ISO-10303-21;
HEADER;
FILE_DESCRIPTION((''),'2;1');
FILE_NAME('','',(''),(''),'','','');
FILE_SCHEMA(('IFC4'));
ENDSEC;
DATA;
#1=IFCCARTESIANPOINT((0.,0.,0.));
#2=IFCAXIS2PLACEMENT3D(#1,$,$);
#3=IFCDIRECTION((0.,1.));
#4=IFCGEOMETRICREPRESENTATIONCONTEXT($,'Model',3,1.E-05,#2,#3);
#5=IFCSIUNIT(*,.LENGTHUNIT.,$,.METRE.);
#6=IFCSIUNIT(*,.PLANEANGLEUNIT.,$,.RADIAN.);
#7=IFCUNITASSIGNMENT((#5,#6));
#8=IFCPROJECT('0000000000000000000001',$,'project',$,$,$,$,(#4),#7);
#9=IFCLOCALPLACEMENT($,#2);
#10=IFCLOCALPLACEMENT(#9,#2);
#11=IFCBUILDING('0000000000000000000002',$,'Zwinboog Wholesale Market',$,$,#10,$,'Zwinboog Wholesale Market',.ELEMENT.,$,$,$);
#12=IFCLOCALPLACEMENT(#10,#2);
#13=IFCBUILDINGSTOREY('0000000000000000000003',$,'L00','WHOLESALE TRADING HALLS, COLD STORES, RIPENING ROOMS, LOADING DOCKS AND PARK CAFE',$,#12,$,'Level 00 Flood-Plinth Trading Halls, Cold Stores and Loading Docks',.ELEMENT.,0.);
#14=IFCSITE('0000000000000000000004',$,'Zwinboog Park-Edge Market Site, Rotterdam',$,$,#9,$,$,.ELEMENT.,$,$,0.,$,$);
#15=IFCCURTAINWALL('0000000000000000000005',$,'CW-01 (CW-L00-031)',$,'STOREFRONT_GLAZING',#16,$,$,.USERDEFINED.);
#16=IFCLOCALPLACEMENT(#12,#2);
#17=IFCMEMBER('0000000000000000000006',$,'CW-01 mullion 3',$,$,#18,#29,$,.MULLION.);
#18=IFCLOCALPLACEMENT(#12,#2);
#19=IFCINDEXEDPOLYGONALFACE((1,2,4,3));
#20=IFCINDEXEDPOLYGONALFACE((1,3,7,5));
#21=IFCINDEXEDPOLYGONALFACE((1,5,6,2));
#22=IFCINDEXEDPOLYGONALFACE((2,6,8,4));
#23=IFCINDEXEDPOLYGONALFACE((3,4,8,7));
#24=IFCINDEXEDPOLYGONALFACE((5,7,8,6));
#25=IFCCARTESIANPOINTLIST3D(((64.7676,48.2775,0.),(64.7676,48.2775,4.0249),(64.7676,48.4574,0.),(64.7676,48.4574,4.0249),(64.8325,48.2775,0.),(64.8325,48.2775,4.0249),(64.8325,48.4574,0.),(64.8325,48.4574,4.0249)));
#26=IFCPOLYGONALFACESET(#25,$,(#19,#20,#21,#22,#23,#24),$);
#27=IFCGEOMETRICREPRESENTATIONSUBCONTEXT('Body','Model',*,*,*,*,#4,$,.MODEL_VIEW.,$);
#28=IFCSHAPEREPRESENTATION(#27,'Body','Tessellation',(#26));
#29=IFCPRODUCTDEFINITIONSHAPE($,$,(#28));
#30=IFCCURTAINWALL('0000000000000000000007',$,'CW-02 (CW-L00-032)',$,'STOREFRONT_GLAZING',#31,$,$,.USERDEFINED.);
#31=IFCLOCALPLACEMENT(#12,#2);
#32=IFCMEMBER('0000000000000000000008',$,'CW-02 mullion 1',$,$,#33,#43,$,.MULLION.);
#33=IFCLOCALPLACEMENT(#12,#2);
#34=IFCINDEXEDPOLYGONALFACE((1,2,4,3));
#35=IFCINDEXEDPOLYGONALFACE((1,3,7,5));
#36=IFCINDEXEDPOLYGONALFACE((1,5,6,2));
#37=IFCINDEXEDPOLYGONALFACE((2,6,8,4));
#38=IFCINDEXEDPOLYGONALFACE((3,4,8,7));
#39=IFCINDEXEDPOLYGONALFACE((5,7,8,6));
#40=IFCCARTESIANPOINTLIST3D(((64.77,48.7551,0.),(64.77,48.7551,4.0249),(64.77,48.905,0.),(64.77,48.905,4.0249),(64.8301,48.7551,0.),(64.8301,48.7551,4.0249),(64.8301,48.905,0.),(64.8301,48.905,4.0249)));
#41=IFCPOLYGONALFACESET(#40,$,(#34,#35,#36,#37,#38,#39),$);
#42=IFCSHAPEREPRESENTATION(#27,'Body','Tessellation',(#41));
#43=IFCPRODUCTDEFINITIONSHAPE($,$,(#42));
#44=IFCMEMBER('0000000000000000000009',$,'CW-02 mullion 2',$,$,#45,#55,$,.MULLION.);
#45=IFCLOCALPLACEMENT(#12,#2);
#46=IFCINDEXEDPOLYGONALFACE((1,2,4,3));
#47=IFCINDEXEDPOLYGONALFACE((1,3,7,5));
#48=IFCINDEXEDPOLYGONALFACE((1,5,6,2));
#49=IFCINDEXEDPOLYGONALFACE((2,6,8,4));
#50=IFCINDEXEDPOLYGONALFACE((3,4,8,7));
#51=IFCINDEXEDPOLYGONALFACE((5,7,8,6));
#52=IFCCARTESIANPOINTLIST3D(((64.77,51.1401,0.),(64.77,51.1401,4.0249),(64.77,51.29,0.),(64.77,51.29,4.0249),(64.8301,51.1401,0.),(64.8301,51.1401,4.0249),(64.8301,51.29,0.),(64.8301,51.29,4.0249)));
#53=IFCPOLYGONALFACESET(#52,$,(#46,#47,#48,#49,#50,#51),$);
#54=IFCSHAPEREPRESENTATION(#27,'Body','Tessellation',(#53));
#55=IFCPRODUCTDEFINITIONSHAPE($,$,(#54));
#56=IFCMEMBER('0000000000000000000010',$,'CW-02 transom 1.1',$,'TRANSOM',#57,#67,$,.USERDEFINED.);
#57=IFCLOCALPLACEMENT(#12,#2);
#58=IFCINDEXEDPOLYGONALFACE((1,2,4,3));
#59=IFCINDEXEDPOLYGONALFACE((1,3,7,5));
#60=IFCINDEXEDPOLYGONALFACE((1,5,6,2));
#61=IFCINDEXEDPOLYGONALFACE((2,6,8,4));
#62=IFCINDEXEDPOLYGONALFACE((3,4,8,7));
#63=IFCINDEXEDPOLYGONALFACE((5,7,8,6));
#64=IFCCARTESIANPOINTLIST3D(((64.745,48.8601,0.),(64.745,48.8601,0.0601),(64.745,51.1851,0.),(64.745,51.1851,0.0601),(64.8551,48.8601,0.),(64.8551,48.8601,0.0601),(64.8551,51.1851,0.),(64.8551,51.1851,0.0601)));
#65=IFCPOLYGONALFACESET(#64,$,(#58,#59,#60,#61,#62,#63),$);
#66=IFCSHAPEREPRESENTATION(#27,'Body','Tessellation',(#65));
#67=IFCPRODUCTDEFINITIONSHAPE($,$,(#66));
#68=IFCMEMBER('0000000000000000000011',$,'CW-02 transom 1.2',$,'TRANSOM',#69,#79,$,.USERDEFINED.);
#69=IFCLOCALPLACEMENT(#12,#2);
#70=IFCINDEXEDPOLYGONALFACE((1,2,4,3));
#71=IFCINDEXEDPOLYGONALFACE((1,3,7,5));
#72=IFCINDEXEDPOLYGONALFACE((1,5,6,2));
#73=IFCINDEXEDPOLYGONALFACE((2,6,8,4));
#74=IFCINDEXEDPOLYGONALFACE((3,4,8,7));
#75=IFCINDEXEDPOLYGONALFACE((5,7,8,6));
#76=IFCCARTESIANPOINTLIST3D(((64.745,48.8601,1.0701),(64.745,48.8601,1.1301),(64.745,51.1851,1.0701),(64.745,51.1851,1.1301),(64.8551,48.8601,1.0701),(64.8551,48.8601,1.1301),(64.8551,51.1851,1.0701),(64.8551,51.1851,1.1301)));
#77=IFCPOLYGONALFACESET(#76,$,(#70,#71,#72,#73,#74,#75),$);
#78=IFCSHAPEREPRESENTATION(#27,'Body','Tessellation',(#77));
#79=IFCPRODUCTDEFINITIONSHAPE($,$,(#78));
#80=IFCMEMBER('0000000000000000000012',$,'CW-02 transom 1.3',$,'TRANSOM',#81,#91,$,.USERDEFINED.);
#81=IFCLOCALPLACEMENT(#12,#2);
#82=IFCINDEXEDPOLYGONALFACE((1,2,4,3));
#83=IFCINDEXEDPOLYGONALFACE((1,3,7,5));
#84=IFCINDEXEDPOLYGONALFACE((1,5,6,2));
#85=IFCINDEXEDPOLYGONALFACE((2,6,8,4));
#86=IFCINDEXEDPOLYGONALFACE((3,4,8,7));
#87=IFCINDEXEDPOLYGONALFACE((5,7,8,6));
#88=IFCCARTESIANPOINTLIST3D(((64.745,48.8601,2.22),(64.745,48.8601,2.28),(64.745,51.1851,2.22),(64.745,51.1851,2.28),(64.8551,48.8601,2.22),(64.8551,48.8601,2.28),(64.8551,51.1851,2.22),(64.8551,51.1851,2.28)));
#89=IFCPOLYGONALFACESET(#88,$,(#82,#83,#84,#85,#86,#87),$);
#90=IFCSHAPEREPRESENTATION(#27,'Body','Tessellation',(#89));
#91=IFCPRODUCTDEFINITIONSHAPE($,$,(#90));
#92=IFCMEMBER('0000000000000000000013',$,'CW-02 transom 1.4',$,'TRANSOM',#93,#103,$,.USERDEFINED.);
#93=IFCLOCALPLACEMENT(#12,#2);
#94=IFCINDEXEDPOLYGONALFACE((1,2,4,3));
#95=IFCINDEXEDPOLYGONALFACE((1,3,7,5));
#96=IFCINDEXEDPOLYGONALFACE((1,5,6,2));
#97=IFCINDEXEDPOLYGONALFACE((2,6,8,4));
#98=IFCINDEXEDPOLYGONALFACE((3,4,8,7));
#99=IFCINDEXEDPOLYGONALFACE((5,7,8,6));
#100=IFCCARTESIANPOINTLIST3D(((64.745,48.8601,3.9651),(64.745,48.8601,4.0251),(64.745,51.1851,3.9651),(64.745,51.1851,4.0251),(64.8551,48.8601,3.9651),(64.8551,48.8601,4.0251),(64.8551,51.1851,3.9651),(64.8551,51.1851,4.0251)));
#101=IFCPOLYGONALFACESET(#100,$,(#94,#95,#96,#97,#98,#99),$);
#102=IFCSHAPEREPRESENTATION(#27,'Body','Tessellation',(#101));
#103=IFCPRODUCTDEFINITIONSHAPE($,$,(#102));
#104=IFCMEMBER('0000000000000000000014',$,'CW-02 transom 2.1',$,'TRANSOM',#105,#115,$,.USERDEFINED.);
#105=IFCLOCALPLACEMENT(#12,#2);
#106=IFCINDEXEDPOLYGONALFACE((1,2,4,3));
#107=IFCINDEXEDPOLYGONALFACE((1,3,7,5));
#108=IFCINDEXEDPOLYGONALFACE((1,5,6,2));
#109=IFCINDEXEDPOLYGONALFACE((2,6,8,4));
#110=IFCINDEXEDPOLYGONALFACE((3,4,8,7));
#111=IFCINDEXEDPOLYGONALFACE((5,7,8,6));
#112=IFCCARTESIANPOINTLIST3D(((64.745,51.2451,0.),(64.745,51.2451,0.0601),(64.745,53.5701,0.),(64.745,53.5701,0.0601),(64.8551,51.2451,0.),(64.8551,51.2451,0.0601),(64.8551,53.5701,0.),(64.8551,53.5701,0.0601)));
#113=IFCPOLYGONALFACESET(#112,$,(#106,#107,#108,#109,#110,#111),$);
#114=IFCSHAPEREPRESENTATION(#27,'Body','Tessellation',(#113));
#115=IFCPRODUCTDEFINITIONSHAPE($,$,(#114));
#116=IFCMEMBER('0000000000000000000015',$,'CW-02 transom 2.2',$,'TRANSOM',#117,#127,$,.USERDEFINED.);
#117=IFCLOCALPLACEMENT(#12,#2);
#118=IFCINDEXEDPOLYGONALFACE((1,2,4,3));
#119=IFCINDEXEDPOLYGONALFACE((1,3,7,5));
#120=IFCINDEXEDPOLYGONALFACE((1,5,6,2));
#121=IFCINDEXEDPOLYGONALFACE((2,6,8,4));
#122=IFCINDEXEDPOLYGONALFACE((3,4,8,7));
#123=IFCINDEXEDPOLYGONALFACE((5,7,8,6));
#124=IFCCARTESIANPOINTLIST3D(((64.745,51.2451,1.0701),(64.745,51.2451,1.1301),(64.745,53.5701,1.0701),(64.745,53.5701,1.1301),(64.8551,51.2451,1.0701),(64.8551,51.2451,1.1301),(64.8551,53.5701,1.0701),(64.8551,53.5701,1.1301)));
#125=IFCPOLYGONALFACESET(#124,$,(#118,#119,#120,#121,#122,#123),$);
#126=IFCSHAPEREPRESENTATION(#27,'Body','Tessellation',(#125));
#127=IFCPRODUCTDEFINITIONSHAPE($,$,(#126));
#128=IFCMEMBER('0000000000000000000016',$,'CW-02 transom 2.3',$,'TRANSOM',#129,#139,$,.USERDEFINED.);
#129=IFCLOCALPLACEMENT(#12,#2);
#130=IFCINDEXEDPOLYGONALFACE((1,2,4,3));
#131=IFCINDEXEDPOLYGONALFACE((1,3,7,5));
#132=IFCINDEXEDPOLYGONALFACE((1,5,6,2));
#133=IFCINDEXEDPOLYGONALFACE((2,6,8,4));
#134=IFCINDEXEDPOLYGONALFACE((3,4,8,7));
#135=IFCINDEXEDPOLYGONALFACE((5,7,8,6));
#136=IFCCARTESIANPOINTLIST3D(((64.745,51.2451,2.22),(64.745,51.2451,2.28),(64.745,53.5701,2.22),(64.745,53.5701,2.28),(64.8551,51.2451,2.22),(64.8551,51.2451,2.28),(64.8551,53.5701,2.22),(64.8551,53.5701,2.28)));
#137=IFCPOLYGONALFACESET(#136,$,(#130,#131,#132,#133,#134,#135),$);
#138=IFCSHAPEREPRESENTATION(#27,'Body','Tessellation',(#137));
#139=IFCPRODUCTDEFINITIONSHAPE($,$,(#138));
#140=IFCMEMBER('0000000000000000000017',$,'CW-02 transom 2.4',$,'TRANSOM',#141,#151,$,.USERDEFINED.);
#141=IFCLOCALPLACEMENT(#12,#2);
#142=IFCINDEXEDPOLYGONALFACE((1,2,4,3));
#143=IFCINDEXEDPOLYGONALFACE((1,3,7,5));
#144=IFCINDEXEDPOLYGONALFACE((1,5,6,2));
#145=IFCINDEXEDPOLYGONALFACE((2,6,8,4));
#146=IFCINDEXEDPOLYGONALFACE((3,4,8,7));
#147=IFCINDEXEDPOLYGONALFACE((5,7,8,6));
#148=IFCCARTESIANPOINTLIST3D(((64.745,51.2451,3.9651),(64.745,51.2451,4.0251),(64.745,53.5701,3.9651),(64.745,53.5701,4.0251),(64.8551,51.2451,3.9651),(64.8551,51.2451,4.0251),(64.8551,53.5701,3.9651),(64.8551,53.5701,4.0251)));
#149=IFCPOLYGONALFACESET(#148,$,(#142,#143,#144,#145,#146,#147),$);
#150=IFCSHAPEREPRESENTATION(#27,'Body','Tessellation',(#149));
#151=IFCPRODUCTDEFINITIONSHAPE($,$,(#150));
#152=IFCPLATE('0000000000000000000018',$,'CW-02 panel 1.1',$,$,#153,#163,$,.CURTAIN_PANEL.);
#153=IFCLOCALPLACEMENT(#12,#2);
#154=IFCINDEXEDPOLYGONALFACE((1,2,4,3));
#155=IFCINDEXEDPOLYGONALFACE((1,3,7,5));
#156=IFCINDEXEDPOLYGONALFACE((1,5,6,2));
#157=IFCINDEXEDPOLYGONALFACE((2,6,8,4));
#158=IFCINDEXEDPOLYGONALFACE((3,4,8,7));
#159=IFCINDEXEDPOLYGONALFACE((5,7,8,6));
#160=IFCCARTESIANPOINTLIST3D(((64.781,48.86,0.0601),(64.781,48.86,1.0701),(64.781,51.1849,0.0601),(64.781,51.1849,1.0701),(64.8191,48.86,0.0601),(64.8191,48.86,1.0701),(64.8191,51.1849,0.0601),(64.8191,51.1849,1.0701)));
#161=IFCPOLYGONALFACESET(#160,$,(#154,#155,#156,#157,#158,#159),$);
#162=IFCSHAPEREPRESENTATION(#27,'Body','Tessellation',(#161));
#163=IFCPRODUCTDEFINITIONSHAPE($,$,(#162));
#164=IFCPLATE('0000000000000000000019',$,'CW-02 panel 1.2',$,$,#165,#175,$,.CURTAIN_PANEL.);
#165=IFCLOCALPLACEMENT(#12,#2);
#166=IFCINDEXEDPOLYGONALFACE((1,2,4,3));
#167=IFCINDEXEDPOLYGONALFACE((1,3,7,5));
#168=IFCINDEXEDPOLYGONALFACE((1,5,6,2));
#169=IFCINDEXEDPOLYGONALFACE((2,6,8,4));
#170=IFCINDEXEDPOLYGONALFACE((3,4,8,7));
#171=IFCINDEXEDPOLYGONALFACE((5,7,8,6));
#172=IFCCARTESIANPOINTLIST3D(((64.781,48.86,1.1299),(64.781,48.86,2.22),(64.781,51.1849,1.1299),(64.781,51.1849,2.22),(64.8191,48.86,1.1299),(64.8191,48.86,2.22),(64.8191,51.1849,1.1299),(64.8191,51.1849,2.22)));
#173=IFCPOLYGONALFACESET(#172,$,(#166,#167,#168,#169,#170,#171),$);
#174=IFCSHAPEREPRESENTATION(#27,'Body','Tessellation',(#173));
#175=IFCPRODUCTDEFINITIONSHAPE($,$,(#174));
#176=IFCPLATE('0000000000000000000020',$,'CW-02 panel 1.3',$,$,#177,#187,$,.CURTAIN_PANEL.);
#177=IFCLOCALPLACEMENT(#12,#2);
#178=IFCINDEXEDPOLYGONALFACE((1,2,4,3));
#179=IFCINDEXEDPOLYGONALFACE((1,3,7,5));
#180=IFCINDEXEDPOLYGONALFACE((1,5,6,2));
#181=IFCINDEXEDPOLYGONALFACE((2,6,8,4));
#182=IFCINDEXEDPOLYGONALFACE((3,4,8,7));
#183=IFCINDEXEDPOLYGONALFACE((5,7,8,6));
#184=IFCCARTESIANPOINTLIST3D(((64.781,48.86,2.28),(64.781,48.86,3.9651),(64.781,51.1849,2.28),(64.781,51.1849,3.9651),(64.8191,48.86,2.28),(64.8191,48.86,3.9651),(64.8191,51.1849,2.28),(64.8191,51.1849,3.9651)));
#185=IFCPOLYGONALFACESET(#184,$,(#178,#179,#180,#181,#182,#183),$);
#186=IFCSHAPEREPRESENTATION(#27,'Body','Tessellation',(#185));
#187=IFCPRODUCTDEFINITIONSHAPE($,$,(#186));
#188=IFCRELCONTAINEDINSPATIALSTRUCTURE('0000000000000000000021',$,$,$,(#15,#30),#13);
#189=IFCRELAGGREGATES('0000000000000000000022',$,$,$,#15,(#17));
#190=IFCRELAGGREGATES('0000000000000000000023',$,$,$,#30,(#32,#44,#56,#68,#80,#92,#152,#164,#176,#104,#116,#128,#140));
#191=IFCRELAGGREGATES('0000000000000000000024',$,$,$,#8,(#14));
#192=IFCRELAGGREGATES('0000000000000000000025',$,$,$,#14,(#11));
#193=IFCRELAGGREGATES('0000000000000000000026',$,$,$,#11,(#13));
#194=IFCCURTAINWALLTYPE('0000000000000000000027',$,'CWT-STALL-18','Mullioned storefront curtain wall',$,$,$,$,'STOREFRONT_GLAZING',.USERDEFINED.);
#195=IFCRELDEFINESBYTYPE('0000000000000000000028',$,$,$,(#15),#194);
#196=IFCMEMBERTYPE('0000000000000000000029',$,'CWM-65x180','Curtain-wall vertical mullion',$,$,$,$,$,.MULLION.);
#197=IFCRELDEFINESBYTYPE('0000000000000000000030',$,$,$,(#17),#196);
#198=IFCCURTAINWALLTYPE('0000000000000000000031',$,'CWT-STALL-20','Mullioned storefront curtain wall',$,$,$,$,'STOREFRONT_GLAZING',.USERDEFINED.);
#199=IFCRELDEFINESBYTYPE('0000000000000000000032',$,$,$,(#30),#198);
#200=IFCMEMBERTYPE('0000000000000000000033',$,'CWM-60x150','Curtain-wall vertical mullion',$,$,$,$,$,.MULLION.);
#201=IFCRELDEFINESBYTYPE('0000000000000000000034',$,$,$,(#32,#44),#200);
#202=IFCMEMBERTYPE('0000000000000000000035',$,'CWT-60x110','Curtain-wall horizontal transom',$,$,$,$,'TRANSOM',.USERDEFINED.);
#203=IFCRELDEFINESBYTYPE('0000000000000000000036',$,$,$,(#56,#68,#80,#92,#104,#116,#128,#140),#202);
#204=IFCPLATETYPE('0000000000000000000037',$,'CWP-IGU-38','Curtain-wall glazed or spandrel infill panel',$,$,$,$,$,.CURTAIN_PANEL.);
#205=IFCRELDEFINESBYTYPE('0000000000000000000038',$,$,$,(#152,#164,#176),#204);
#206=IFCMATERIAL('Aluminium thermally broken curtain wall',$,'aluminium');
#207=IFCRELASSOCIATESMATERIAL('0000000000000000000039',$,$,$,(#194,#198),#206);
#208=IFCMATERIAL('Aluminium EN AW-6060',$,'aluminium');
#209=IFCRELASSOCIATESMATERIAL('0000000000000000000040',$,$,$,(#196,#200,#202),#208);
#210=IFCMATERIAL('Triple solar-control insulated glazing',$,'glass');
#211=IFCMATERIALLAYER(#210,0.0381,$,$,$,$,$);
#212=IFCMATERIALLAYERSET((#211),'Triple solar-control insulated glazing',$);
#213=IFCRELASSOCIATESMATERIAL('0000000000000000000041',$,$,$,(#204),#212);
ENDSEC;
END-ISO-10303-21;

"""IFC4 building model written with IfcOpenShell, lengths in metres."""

from ifc_helpers import new_model, si_unit, direction, frame, origin, origin_2d, place, context, subcontext, project, spatial, rectangle, extrude, material, layer, layer_set, material_profile, profile_set, type_object, element, aggregate, save


model = new_model("IFC4")

# Units and contexts
model_context = context("Model", 3, precision=1e-05, world=origin(), true_north=direction((0.0, 1.0)))
body_context = subcontext(model_context, "Body", "Model", "MODEL_VIEW")
ifc_project = project(units=[si_unit("LENGTHUNIT", "METRE"), si_unit("PLANEANGLEUNIT", "RADIAN")], contexts=[model_context])

# Site, building, storey
site_placement = place(None, origin())
site = spatial("IfcSite", under=ifc_project, at=site_placement, Name="Zwinboog Park-Edge Market Site, Rotterdam", CompositionType="ELEMENT", RefElevation=0.0)
building_placement = place(site_placement, origin())
building = spatial("IfcBuilding", under=site, at=building_placement, Name="Zwinboog Wholesale Market", LongName="Zwinboog Wholesale Market", CompositionType="ELEMENT")
storey_placement = place(building_placement, origin())
storey = spatial("IfcBuildingStorey", under=building, at=storey_placement, Name="L00", Description="WHOLESALE TRADING HALLS, COLD STORES, RIPENING ROOMS, LOADING DOCKS AND PARK CAFE", LongName="Level 00 Flood-Plinth Trading Halls, Cold Stores and Loading Docks", CompositionType="ELEMENT", Elevation=0.0)

# Curtain wall, member
ifc_material_1 = material(Name="Aluminium thermally broken curtain wall", Category="aluminium")
curtain_wall_type_1 = type_object("IfcCurtainWallType", Name="CWT-STALL-18", Description="Mullioned storefront curtain wall", ElementType="STOREFRONT_GLAZING", PredefinedType="USERDEFINED", material=ifc_material_1)
curtain_wall_1_placement = place(storey_placement, origin())
curtain_wall_1 = element("IfcCurtainWall", 1, at=curtain_wall_1_placement, inside=storey, type_object=curtain_wall_type_1, Name="CW-01 (CW-L00-031)", ObjectType="STOREFRONT_GLAZING", PredefinedType="USERDEFINED")
ifc_material_2 = material(Name="Aluminium EN AW-6060", Category="aluminium")
ifc_material_profile_1 = material_profile(ifc_material_2, rectangle(XDim=0.0649, YDim=0.1799, at=origin_2d()), Name="AL 65x180")
ifc_profile_set_1 = profile_set([ifc_material_profile_1], Name="Aluminium EN AW-6060")
member_type_1 = type_object("IfcMemberType", Name="CWM-65x180", Description="Curtain-wall vertical mullion", PredefinedType="MULLION", material=ifc_profile_set_1)
member_1_placement = place(storey_placement, frame((64.8, 48.3674, 0.0), z_axis=(0.0, 0.0, 1.0), x_axis=(-1.0, 0.0, 0.0)))
member_1 = element("IfcMember", 2, at=member_1_placement, type_object=member_type_1, Name="CW-01 mullion 3", PredefinedType="MULLION", context=body_context, shape_type="SweptSolid", body=[
    extrude(rectangle(XDim=0.0649, YDim=0.1799, at=origin_2d()), origin(), (0.0, 0.0, 1.0), 4.0249),
])
aggregate(curtain_wall_1, [member_1])

# Curtain wall, members, plates
curtain_wall_type_2 = type_object("IfcCurtainWallType", Name="CWT-STALL-20", Description="Mullioned storefront curtain wall", ElementType="STOREFRONT_GLAZING", PredefinedType="USERDEFINED", material=ifc_material_1)
curtain_wall_2_placement = place(storey_placement, origin())
curtain_wall_2 = element("IfcCurtainWall", 3, at=curtain_wall_2_placement, inside=storey, type_object=curtain_wall_type_2, Name="CW-02 (CW-L00-032)", ObjectType="STOREFRONT_GLAZING", PredefinedType="USERDEFINED")
ifc_material_profile_2 = material_profile(ifc_material_2, rectangle(XDim=0.0601, YDim=0.1499, at=origin_2d()), Name="AL 60x150")
ifc_profile_set_2 = profile_set([ifc_material_profile_2], Name="Aluminium EN AW-6060")
member_type_2 = type_object("IfcMemberType", Name="CWM-60x150", Description="Curtain-wall vertical mullion", PredefinedType="MULLION", material=ifc_profile_set_2)
member_2_placement = place(storey_placement, frame((64.8, 48.8301, 0.0), z_axis=(0.0, 0.0, 1.0), x_axis=(-1.0, 0.0, 0.0)))
member_2 = element("IfcMember", 4, at=member_2_placement, type_object=member_type_2, Name="CW-02 mullion 1", PredefinedType="MULLION", context=body_context, shape_type="SweptSolid", body=[
    extrude(rectangle(XDim=0.0601, YDim=0.1499, at=origin_2d()), origin(), (0.0, 0.0, 1.0), 4.0249),
])
member_3_placement = place(storey_placement, frame((64.8, 51.2151, 0.0), z_axis=(0.0, 0.0, 1.0), x_axis=(-1.0, 0.0, 0.0)))
member_3 = element("IfcMember", 5, at=member_3_placement, type_object=member_type_2, Name="CW-02 mullion 2", PredefinedType="MULLION", context=body_context, shape_type="SweptSolid", body=[
    extrude(rectangle(XDim=0.0601, YDim=0.1499, at=origin_2d()), origin(), (0.0, 0.0, 1.0), 4.0249),
])
ifc_material_profile_3 = material_profile(ifc_material_2, rectangle(XDim=0.1101, YDim=0.0601, at=origin_2d()), Name="AL 60x110")
ifc_profile_set_3 = profile_set([ifc_material_profile_3], Name="Aluminium EN AW-6060")
member_type_3 = type_object("IfcMemberType", Name="CWT-60x110", Description="Curtain-wall horizontal transom", ElementType="TRANSOM", PredefinedType="USERDEFINED", material=ifc_profile_set_3)
member_4_placement = place(storey_placement, frame((64.8, 48.8601, 0.03), z_axis=(0.0, 1.0, 0.0), x_axis=(-1.0, 0.0, 0.0)))
member_4 = element("IfcMember", 6, at=member_4_placement, type_object=member_type_3, Name="CW-02 transom 1.1", ObjectType="TRANSOM", PredefinedType="USERDEFINED", context=body_context, shape_type="SweptSolid", body=[
    extrude(rectangle(XDim=0.1101, YDim=0.0601, at=origin_2d()), origin(), (0.0, 0.0, 1.0), 2.325),
])
member_5_placement = place(storey_placement, frame((64.8, 48.8601, 1.1001), z_axis=(0.0, 1.0, 0.0), x_axis=(-1.0, 0.0, 0.0)))
member_5 = element("IfcMember", 7, at=member_5_placement, type_object=member_type_3, Name="CW-02 transom 1.2", ObjectType="TRANSOM", PredefinedType="USERDEFINED", context=body_context, shape_type="SweptSolid", body=[
    extrude(rectangle(XDim=0.1101, YDim=0.0601, at=origin_2d()), origin(), (0.0, 0.0, 1.0), 2.325),
])
member_6_placement = place(storey_placement, frame((64.8, 48.8601, 2.25), z_axis=(0.0, 1.0, 0.0), x_axis=(-1.0, 0.0, 0.0)))
member_6 = element("IfcMember", 8, at=member_6_placement, type_object=member_type_3, Name="CW-02 transom 1.3", ObjectType="TRANSOM", PredefinedType="USERDEFINED", context=body_context, shape_type="SweptSolid", body=[
    extrude(rectangle(XDim=0.1101, YDim=0.0601, at=origin_2d()), origin(), (0.0, 0.0, 1.0), 2.325),
])
member_7_placement = place(storey_placement, frame((64.8, 48.8601, 3.9951), z_axis=(0.0, 1.0, 0.0), x_axis=(-1.0, 0.0, 0.0)))
member_7 = element("IfcMember", 9, at=member_7_placement, type_object=member_type_3, Name="CW-02 transom 1.4", ObjectType="TRANSOM", PredefinedType="USERDEFINED", context=body_context, shape_type="SweptSolid", body=[
    extrude(rectangle(XDim=0.1101, YDim=0.0601, at=origin_2d()), origin(), (0.0, 0.0, 1.0), 2.325),
])
member_8_placement = place(storey_placement, frame((64.8, 51.2451, 0.03), z_axis=(0.0, 1.0, 0.0), x_axis=(-1.0, 0.0, 0.0)))
member_8 = element("IfcMember", 10, at=member_8_placement, type_object=member_type_3, Name="CW-02 transom 2.1", ObjectType="TRANSOM", PredefinedType="USERDEFINED", context=body_context, shape_type="SweptSolid", body=[
    extrude(rectangle(XDim=0.1101, YDim=0.0601, at=origin_2d()), origin(), (0.0, 0.0, 1.0), 2.325),
])
member_9_placement = place(storey_placement, frame((64.8, 51.2451, 1.1001), z_axis=(0.0, 1.0, 0.0), x_axis=(-1.0, 0.0, 0.0)))
member_9 = element("IfcMember", 11, at=member_9_placement, type_object=member_type_3, Name="CW-02 transom 2.2", ObjectType="TRANSOM", PredefinedType="USERDEFINED", context=body_context, shape_type="SweptSolid", body=[
    extrude(rectangle(XDim=0.1101, YDim=0.0601, at=origin_2d()), origin(), (0.0, 0.0, 1.0), 2.325),
])
member_10_placement = place(storey_placement, frame((64.8, 51.2451, 2.25), z_axis=(0.0, 1.0, 0.0), x_axis=(-1.0, 0.0, 0.0)))
member_10 = element("IfcMember", 12, at=member_10_placement, type_object=member_type_3, Name="CW-02 transom 2.3", ObjectType="TRANSOM", PredefinedType="USERDEFINED", context=body_context, shape_type="SweptSolid", body=[
    extrude(rectangle(XDim=0.1101, YDim=0.0601, at=origin_2d()), origin(), (0.0, 0.0, 1.0), 2.325),
])
member_11_placement = place(storey_placement, frame((64.8, 51.2451, 3.9951), z_axis=(0.0, 1.0, 0.0), x_axis=(-1.0, 0.0, 0.0)))
member_11 = element("IfcMember", 13, at=member_11_placement, type_object=member_type_3, Name="CW-02 transom 2.4", ObjectType="TRANSOM", PredefinedType="USERDEFINED", context=body_context, shape_type="SweptSolid", body=[
    extrude(rectangle(XDim=0.1101, YDim=0.0601, at=origin_2d()), origin(), (0.0, 0.0, 1.0), 2.325),
])
ifc_material_3 = material(Name="Triple solar-control insulated glazing", Category="glass")
ifc_layer_1 = layer(ifc_material_3, 0.0381)
ifc_layer_set_1 = layer_set([ifc_layer_1], Name="Triple solar-control insulated glazing")
plate_type = type_object("IfcPlateType", Name="CWP-IGU-38", Description="Curtain-wall glazed or spandrel infill panel", PredefinedType="CURTAIN_PANEL", material=ifc_layer_set_1)
plate_1_placement = place(storey_placement, frame((64.8, 50.0225, 0.0601), z_axis=(0.0, 0.0, 1.0), x_axis=(0.0, 1.0, 0.0)))
plate_1 = element("IfcPlate", 14, at=plate_1_placement, type_object=plate_type, Name="CW-02 panel 1.1", PredefinedType="CURTAIN_PANEL", context=body_context, shape_type="SweptSolid", body=[
    extrude(rectangle(XDim=2.325, YDim=0.0381, at=origin_2d()), origin(), (0.0, 0.0, 1.0), 1.01),
])
plate_2_placement = place(storey_placement, frame((64.8, 50.0225, 1.1299), z_axis=(0.0, 0.0, 1.0), x_axis=(0.0, 1.0, 0.0)))
plate_2 = element("IfcPlate", 15, at=plate_2_placement, type_object=plate_type, Name="CW-02 panel 1.2", PredefinedType="CURTAIN_PANEL", context=body_context, shape_type="SweptSolid", body=[
    extrude(rectangle(XDim=2.325, YDim=0.0381, at=origin_2d()), origin(), (0.0, 0.0, 1.0), 1.0901),
])
plate_3_placement = place(storey_placement, frame((64.8, 50.0225, 2.28), z_axis=(0.0, 0.0, 1.0), x_axis=(0.0, 1.0, 0.0)))
plate_3 = element("IfcPlate", 16, at=plate_3_placement, type_object=plate_type, Name="CW-02 panel 1.3", PredefinedType="CURTAIN_PANEL", context=body_context, shape_type="SweptSolid", body=[
    extrude(rectangle(XDim=2.325, YDim=0.0381, at=origin_2d()), origin(), (0.0, 0.0, 1.0), 1.6851),
])
aggregate(curtain_wall_2, [member_2, member_3, member_4, member_5, member_6, member_7, plate_1, plate_2, plate_3, member_8, member_9, member_10, member_11])

save(model, "model.ifc")
